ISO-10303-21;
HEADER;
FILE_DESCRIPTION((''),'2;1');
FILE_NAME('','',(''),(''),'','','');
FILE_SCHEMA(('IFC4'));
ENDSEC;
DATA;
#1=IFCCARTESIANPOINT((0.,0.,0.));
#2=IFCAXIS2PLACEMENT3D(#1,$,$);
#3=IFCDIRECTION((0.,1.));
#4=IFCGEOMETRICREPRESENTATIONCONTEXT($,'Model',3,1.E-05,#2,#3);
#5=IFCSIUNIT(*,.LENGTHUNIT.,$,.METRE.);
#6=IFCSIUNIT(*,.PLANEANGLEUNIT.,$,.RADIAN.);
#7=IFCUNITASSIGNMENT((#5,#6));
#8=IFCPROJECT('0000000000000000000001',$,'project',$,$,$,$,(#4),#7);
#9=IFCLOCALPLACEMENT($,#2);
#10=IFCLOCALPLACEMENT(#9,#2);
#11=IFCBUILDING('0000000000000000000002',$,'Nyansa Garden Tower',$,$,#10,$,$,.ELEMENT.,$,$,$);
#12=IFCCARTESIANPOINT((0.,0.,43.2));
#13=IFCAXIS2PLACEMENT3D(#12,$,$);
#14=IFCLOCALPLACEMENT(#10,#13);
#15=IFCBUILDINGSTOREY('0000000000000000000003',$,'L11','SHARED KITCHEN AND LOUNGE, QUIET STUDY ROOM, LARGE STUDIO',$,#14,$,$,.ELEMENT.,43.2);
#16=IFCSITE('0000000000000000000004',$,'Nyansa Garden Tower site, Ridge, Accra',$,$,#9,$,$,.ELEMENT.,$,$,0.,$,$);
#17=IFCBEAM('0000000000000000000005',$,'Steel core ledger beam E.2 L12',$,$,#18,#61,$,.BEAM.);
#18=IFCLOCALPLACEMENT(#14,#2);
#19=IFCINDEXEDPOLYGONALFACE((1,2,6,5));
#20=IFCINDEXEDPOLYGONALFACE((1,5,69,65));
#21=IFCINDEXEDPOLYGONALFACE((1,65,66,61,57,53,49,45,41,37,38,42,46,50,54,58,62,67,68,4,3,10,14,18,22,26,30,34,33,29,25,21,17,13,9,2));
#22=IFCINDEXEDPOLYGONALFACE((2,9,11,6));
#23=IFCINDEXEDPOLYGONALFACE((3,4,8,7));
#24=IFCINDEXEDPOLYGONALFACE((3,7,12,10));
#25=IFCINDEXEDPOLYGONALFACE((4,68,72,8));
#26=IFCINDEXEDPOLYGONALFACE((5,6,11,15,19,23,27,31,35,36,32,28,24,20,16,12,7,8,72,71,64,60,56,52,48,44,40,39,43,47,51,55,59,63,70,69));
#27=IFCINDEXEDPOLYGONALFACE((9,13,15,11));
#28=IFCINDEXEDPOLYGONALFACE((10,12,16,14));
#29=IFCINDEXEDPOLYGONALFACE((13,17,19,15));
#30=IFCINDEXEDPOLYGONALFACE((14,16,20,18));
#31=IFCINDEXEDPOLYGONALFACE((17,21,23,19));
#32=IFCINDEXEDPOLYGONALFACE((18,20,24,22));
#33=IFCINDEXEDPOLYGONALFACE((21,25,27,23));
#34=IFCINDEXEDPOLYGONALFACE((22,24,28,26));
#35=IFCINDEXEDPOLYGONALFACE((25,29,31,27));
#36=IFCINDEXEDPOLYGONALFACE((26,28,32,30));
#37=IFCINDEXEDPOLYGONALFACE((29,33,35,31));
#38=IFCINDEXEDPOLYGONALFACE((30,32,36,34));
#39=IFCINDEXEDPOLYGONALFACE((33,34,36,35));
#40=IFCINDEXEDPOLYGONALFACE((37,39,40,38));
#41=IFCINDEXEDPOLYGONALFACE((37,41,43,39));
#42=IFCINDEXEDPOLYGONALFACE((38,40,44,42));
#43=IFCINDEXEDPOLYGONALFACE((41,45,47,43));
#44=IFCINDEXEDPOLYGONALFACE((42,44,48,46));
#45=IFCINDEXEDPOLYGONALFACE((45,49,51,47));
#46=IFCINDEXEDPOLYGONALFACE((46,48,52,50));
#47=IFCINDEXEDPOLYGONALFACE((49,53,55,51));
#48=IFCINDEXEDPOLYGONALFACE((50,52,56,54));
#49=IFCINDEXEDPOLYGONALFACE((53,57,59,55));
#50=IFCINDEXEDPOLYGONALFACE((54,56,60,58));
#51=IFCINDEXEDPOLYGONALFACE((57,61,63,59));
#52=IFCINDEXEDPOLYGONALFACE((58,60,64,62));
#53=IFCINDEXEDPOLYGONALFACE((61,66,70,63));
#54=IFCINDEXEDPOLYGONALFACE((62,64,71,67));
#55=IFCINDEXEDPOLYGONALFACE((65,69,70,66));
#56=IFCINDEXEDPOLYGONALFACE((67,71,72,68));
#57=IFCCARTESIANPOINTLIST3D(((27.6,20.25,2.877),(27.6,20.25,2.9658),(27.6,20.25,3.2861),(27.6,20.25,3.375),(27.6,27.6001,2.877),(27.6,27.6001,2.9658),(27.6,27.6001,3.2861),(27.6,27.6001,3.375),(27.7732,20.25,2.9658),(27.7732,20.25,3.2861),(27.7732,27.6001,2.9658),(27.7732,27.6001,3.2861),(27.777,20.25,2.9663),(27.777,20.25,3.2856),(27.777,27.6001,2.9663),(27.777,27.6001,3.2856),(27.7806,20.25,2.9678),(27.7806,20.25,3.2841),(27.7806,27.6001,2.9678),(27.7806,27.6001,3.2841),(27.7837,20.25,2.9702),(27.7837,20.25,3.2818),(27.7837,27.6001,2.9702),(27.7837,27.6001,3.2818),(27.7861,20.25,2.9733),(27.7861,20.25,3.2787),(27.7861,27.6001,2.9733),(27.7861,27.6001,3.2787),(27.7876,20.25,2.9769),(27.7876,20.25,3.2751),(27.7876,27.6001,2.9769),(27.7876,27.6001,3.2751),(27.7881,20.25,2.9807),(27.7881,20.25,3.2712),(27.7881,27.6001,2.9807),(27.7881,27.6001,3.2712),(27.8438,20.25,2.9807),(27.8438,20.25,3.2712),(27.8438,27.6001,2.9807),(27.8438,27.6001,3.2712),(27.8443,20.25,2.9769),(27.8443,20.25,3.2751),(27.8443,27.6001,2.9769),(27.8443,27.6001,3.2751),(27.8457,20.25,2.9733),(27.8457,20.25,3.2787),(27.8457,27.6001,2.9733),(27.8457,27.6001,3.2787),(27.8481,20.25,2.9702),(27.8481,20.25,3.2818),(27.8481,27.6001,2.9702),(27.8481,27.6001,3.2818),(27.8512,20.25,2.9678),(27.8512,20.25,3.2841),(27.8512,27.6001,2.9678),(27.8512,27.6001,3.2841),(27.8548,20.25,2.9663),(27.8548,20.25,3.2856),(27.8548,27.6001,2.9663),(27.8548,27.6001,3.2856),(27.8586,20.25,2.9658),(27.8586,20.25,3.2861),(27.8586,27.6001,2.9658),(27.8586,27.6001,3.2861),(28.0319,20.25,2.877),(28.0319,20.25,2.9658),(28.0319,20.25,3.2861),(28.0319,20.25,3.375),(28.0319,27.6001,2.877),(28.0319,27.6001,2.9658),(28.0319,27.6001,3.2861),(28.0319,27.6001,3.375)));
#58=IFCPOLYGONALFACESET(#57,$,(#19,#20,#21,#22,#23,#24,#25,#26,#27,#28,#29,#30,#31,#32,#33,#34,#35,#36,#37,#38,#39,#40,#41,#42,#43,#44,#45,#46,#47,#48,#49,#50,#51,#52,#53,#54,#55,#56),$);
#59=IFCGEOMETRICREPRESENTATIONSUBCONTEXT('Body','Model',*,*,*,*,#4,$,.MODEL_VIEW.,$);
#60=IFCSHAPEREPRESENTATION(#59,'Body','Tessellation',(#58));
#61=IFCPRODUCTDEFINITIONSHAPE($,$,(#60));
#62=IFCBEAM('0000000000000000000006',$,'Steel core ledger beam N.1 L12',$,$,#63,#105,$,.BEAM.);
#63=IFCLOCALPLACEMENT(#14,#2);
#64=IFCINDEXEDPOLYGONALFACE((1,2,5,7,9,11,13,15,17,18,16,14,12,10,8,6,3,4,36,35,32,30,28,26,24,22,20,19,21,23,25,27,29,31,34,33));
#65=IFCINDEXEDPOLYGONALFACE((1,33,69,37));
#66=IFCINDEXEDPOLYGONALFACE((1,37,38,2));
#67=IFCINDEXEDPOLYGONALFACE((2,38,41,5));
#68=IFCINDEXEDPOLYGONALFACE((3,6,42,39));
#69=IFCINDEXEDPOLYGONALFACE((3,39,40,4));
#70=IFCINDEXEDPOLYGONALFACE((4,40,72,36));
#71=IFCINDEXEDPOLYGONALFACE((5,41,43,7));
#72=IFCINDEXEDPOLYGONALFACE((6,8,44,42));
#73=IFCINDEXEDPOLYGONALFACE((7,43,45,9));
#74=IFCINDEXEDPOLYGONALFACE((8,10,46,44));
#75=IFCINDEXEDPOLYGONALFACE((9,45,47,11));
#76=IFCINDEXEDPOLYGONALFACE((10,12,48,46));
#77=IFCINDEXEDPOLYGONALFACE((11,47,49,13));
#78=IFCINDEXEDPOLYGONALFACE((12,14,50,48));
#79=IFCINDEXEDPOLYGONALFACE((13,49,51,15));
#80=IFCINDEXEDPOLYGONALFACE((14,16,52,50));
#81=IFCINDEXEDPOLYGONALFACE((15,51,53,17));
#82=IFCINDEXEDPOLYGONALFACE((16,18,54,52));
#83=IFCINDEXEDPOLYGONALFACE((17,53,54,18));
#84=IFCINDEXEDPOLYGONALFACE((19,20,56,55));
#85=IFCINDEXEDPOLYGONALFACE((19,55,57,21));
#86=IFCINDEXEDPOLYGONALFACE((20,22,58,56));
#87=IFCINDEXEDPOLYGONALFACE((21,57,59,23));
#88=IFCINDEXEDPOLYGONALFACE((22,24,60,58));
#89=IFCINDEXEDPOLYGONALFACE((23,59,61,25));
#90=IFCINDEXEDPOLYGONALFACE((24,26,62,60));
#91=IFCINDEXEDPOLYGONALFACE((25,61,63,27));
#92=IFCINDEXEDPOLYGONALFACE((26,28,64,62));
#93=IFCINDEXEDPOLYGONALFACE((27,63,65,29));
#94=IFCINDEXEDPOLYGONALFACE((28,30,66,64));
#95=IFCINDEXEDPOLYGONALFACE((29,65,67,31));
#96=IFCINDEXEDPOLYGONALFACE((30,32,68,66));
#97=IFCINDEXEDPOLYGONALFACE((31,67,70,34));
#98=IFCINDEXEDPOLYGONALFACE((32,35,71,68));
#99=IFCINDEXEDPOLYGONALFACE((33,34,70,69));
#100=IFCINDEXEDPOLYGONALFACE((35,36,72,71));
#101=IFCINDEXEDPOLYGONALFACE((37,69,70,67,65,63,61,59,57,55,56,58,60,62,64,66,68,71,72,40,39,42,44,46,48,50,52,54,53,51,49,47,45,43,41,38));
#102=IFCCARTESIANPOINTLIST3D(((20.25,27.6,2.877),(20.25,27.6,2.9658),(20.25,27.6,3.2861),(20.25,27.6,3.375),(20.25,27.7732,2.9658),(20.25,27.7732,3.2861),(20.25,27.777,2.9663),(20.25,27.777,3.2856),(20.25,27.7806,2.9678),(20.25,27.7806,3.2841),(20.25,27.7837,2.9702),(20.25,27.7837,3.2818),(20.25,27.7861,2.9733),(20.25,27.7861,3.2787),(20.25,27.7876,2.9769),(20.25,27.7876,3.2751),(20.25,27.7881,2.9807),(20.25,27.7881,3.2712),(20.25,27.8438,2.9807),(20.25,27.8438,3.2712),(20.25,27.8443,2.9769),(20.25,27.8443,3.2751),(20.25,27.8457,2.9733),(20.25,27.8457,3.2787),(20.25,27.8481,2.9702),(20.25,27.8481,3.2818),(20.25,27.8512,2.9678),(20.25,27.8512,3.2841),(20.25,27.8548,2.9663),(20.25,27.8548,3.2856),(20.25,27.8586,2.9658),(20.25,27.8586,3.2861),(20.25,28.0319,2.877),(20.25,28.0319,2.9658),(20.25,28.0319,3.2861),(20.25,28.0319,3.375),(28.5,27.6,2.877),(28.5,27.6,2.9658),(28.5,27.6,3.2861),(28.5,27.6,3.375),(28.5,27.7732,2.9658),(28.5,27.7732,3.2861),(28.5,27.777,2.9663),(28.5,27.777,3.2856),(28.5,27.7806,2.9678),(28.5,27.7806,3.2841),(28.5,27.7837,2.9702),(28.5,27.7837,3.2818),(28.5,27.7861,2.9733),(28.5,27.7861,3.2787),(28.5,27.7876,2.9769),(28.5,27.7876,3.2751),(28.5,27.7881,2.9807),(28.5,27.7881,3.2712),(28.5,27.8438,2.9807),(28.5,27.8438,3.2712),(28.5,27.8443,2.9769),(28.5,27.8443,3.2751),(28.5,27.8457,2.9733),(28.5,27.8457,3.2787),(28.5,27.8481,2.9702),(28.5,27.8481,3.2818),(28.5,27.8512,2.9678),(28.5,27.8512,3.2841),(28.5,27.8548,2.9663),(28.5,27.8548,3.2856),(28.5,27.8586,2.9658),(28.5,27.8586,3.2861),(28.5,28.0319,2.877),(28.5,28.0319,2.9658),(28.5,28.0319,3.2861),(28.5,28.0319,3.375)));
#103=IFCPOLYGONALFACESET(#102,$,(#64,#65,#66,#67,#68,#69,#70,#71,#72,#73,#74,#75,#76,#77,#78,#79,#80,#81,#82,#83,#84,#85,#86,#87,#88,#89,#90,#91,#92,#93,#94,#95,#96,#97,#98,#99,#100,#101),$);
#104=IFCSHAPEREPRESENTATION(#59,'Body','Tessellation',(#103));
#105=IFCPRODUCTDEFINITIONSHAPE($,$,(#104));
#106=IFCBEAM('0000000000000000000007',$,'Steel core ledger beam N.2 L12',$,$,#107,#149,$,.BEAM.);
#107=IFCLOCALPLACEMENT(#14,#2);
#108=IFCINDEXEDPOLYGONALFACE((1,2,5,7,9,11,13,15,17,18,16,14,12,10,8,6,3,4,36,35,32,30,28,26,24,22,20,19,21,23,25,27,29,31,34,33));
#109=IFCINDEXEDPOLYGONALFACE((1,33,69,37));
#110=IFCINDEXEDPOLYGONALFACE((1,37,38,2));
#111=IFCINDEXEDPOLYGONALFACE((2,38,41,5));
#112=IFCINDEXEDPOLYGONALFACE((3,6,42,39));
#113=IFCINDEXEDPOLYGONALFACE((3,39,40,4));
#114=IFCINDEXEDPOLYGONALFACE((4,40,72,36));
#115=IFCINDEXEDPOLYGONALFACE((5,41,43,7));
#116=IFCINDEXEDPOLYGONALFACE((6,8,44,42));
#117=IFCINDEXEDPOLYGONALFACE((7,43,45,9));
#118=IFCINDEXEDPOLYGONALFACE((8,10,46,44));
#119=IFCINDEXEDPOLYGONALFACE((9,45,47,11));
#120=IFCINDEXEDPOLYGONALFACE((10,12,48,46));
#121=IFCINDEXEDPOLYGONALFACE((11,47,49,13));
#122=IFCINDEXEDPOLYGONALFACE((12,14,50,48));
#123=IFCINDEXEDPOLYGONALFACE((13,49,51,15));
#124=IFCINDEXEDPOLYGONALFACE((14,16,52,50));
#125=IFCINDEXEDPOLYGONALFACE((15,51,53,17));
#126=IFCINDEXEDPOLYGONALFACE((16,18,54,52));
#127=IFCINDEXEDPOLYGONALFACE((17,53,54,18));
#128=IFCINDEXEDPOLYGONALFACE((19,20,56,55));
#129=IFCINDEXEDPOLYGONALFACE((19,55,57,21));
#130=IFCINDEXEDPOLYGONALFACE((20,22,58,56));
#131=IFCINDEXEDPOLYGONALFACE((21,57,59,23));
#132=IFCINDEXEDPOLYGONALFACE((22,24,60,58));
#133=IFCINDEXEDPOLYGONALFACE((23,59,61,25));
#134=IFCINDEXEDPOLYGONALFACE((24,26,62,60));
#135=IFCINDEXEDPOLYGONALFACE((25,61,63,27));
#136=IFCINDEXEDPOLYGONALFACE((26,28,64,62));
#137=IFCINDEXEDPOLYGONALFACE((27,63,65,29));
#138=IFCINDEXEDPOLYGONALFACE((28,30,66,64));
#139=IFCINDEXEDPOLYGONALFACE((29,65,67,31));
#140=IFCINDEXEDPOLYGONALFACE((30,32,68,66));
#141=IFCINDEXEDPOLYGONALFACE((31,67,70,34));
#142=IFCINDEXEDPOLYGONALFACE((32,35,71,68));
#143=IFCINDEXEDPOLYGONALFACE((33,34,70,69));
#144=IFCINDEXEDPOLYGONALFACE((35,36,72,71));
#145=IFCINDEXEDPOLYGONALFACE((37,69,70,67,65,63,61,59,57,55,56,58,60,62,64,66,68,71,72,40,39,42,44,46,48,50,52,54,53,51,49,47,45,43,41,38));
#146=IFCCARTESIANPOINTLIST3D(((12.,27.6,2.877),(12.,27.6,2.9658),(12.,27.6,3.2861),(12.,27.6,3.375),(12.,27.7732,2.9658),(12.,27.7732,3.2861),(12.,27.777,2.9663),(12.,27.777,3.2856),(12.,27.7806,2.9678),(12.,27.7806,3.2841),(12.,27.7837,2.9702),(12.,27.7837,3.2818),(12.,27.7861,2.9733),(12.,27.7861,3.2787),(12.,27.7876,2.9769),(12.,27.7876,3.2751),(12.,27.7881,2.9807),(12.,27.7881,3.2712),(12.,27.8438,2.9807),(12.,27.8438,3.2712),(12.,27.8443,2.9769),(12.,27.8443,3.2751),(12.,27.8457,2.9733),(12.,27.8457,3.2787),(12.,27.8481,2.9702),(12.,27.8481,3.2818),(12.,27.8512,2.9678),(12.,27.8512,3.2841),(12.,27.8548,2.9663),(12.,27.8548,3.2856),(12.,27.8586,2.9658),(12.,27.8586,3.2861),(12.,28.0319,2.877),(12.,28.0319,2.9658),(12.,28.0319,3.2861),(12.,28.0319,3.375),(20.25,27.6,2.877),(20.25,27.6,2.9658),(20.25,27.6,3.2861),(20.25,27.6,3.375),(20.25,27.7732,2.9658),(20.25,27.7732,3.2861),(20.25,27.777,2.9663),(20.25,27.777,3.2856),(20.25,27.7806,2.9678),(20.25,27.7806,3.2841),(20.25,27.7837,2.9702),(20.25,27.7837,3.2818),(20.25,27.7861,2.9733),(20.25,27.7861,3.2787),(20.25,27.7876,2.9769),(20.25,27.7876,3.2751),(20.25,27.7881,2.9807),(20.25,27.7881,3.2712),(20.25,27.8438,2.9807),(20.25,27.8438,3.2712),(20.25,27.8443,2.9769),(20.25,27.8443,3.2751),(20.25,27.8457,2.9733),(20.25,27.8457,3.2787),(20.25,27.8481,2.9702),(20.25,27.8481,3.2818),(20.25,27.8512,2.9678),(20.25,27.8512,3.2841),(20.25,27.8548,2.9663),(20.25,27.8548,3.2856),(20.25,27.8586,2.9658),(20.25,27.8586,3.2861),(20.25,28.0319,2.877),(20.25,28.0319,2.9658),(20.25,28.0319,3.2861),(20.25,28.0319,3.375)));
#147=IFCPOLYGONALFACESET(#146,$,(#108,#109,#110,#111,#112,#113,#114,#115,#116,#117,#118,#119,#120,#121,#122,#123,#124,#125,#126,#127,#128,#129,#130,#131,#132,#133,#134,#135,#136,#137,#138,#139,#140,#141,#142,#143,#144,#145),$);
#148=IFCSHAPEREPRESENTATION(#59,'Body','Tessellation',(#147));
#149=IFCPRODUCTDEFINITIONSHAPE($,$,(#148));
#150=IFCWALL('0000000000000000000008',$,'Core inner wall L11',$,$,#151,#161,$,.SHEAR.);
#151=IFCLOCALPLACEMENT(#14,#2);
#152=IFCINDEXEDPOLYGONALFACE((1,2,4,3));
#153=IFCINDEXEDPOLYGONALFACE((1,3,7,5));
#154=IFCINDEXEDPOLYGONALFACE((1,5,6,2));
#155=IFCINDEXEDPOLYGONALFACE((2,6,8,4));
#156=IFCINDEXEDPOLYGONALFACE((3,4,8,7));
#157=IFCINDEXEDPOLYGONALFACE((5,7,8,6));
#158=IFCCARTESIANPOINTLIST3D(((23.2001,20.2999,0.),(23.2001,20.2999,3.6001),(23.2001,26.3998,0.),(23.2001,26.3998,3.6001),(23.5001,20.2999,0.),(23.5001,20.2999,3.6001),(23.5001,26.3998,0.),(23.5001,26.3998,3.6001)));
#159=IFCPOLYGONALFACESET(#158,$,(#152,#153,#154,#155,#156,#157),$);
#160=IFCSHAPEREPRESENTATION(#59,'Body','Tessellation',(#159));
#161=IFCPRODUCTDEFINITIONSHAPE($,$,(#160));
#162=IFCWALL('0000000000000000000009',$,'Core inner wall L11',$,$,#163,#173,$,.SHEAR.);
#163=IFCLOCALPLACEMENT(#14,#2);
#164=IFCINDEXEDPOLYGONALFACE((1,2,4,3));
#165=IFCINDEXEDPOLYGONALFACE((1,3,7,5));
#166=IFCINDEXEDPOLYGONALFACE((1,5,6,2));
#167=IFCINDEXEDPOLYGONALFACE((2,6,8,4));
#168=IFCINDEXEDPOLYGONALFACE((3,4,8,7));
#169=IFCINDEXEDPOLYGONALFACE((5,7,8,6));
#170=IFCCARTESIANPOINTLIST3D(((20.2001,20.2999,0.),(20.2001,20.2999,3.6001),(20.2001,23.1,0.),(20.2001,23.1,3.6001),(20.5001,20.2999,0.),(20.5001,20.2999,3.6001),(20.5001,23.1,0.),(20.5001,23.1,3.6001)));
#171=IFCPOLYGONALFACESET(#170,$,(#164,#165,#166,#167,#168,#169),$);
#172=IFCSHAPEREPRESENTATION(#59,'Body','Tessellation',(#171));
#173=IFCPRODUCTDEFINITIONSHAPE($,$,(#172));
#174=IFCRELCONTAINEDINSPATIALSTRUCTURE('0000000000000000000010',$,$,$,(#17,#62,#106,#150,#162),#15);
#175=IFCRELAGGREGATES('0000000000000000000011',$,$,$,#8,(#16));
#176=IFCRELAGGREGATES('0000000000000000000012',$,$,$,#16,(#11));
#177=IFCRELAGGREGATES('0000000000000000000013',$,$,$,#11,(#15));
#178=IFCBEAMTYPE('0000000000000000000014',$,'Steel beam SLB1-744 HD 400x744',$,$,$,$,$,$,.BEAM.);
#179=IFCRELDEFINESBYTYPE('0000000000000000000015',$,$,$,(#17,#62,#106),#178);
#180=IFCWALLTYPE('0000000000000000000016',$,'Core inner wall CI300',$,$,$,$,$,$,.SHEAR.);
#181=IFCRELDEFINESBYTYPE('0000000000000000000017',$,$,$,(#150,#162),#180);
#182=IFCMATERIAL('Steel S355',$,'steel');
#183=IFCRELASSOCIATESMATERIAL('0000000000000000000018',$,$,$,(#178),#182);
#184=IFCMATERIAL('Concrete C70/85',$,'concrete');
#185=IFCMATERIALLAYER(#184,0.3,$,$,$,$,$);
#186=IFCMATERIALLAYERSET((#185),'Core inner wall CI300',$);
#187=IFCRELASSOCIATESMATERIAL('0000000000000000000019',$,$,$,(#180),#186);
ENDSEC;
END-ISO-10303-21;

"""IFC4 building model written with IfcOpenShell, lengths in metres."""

from ifc_helpers import new_model, si_unit, direction, frame, frame_2d, origin, origin_2d, place, context, subcontext, project, spatial, rectangle, i_section, extrude, material, layer, layer_set, material_profile, profile_set, type_object, element, save


model = new_model("IFC4")

# Units and contexts
model_context = context("Model", 3, precision=1e-05, world=origin(), true_north=direction((0.0, 1.0)))
body_context = subcontext(model_context, "Body", "Model", "MODEL_VIEW")
ifc_project = project(units=[si_unit("LENGTHUNIT", "METRE"), si_unit("PLANEANGLEUNIT", "RADIAN")], contexts=[model_context])

# Site, building, storey
site_placement = place(None, origin())
site = spatial("IfcSite", under=ifc_project, at=site_placement, Name="Nyansa Garden Tower site, Ridge, Accra", CompositionType="ELEMENT", RefElevation=0.0)
building_placement = place(site_placement, origin())
building = spatial("IfcBuilding", under=site, at=building_placement, Name="Nyansa Garden Tower", CompositionType="ELEMENT")
storey_placement = place(building_placement, frame((0.0, 0.0, 43.2)))
storey = spatial("IfcBuildingStorey", under=building, at=storey_placement, Name="L11", Description="SHARED KITCHEN AND LOUNGE, QUIET STUDY ROOM, LARGE STUDIO", CompositionType="ELEMENT", Elevation=43.2)

# Beams
ifc_material_1 = material(Name="Steel S355", Category="steel")
ifc_material_profile_1 = material_profile(ifc_material_1, i_section(OverallWidth=0.4319, OverallDepth=0.498, WebThickness=0.0557, FlangeThickness=0.0889, FilletRadius=0.0149, at=origin_2d()), Name="HD 400x744")
ifc_profile_set_1 = profile_set([ifc_material_profile_1], Name="Steel S355")
beam_type_1 = type_object("IfcBeamType", Name="Steel beam SLB1-744 HD 400x744", PredefinedType="BEAM", material=ifc_profile_set_1)
beam_placement = place(storey_placement, frame((27.8159, 20.25, 3.126), z_axis=(0.0, 1.0, 0.0), x_axis=(-1.0, 0.0, 0.0)))
element("IfcBeam", 1, at=beam_placement, inside=storey, type_object=beam_type_1, Name="Steel core ledger beam E.2 L12", PredefinedType="BEAM", context=body_context, shape_type="SweptSolid", body=[
    extrude(i_section(OverallWidth=0.4319, OverallDepth=0.498, WebThickness=0.0557, FlangeThickness=0.0889, FilletRadius=0.0149, at=origin_2d()), origin(), (0.0, 0.0, 1.0), 7.3501),
])
for number, where, z_axis, x_axis, name in (
    (2, (28.5, 27.8159, 3.126), (-1.0, 0.0, 0.0), (0.0, -1.0, 0.0), "Steel core ledger beam N.1 L12"),
    (3, (20.25, 27.8159, 3.126), (-1.0, 0.0, 0.0), (0.0, -1.0, 0.0), "Steel core ledger beam N.2 L12"),
):
    element("IfcBeam", number, at=place(storey_placement, frame(where, z_axis=z_axis, x_axis=x_axis)), inside=storey, type_object=beam_type_1, Name=name, PredefinedType="BEAM", context=body_context, shape_type="SweptSolid", body=[
        extrude(i_section(OverallWidth=0.4319, OverallDepth=0.498, WebThickness=0.0557, FlangeThickness=0.0889, FilletRadius=0.0149, at=origin_2d()), origin(), (0.0, 0.0, 1.0), 8.25),
    ])

# Walls
ifc_material_2 = material(Name="Concrete C70/85", Category="concrete")
ifc_layer_1 = layer(ifc_material_2, 0.3)
ifc_layer_set_1 = layer_set([ifc_layer_1], Name="Core inner wall CI300")
wall_type_1 = type_object("IfcWallType", Name="Core inner wall CI300", PredefinedType="SHEAR", material=ifc_layer_set_1)
wall_1_placement = place(storey_placement, frame((23.3501, 20.3, 0.0), z_axis=(0.0, 0.0, 1.0), x_axis=(0.0, 1.0, 0.0)))
element("IfcWall", 4, at=wall_1_placement, inside=storey, type_object=wall_type_1, Name="Core inner wall L11", PredefinedType="SHEAR", context=body_context, shape_type="SweptSolid", body=[
    extrude(rectangle(XDim=6.0999, YDim=0.3, at=frame_2d((3.0498, 0.0))), origin(), (0.0, 0.0, 1.0), 3.6001),
])
wall_2_placement = place(storey_placement, frame((20.3501, 20.3, 0.0), z_axis=(0.0, 0.0, 1.0), x_axis=(0.0, 1.0, 0.0)))
element("IfcWall", 5, at=wall_2_placement, inside=storey, type_object=wall_type_1, Name="Core inner wall L11", PredefinedType="SHEAR", context=body_context, shape_type="SweptSolid", body=[
    extrude(rectangle(XDim=2.8, YDim=0.3, at=frame_2d((1.3999, 0.0))), origin(), (0.0, 0.0, 1.0), 3.6001),
])

save(model, "model.ifc")
